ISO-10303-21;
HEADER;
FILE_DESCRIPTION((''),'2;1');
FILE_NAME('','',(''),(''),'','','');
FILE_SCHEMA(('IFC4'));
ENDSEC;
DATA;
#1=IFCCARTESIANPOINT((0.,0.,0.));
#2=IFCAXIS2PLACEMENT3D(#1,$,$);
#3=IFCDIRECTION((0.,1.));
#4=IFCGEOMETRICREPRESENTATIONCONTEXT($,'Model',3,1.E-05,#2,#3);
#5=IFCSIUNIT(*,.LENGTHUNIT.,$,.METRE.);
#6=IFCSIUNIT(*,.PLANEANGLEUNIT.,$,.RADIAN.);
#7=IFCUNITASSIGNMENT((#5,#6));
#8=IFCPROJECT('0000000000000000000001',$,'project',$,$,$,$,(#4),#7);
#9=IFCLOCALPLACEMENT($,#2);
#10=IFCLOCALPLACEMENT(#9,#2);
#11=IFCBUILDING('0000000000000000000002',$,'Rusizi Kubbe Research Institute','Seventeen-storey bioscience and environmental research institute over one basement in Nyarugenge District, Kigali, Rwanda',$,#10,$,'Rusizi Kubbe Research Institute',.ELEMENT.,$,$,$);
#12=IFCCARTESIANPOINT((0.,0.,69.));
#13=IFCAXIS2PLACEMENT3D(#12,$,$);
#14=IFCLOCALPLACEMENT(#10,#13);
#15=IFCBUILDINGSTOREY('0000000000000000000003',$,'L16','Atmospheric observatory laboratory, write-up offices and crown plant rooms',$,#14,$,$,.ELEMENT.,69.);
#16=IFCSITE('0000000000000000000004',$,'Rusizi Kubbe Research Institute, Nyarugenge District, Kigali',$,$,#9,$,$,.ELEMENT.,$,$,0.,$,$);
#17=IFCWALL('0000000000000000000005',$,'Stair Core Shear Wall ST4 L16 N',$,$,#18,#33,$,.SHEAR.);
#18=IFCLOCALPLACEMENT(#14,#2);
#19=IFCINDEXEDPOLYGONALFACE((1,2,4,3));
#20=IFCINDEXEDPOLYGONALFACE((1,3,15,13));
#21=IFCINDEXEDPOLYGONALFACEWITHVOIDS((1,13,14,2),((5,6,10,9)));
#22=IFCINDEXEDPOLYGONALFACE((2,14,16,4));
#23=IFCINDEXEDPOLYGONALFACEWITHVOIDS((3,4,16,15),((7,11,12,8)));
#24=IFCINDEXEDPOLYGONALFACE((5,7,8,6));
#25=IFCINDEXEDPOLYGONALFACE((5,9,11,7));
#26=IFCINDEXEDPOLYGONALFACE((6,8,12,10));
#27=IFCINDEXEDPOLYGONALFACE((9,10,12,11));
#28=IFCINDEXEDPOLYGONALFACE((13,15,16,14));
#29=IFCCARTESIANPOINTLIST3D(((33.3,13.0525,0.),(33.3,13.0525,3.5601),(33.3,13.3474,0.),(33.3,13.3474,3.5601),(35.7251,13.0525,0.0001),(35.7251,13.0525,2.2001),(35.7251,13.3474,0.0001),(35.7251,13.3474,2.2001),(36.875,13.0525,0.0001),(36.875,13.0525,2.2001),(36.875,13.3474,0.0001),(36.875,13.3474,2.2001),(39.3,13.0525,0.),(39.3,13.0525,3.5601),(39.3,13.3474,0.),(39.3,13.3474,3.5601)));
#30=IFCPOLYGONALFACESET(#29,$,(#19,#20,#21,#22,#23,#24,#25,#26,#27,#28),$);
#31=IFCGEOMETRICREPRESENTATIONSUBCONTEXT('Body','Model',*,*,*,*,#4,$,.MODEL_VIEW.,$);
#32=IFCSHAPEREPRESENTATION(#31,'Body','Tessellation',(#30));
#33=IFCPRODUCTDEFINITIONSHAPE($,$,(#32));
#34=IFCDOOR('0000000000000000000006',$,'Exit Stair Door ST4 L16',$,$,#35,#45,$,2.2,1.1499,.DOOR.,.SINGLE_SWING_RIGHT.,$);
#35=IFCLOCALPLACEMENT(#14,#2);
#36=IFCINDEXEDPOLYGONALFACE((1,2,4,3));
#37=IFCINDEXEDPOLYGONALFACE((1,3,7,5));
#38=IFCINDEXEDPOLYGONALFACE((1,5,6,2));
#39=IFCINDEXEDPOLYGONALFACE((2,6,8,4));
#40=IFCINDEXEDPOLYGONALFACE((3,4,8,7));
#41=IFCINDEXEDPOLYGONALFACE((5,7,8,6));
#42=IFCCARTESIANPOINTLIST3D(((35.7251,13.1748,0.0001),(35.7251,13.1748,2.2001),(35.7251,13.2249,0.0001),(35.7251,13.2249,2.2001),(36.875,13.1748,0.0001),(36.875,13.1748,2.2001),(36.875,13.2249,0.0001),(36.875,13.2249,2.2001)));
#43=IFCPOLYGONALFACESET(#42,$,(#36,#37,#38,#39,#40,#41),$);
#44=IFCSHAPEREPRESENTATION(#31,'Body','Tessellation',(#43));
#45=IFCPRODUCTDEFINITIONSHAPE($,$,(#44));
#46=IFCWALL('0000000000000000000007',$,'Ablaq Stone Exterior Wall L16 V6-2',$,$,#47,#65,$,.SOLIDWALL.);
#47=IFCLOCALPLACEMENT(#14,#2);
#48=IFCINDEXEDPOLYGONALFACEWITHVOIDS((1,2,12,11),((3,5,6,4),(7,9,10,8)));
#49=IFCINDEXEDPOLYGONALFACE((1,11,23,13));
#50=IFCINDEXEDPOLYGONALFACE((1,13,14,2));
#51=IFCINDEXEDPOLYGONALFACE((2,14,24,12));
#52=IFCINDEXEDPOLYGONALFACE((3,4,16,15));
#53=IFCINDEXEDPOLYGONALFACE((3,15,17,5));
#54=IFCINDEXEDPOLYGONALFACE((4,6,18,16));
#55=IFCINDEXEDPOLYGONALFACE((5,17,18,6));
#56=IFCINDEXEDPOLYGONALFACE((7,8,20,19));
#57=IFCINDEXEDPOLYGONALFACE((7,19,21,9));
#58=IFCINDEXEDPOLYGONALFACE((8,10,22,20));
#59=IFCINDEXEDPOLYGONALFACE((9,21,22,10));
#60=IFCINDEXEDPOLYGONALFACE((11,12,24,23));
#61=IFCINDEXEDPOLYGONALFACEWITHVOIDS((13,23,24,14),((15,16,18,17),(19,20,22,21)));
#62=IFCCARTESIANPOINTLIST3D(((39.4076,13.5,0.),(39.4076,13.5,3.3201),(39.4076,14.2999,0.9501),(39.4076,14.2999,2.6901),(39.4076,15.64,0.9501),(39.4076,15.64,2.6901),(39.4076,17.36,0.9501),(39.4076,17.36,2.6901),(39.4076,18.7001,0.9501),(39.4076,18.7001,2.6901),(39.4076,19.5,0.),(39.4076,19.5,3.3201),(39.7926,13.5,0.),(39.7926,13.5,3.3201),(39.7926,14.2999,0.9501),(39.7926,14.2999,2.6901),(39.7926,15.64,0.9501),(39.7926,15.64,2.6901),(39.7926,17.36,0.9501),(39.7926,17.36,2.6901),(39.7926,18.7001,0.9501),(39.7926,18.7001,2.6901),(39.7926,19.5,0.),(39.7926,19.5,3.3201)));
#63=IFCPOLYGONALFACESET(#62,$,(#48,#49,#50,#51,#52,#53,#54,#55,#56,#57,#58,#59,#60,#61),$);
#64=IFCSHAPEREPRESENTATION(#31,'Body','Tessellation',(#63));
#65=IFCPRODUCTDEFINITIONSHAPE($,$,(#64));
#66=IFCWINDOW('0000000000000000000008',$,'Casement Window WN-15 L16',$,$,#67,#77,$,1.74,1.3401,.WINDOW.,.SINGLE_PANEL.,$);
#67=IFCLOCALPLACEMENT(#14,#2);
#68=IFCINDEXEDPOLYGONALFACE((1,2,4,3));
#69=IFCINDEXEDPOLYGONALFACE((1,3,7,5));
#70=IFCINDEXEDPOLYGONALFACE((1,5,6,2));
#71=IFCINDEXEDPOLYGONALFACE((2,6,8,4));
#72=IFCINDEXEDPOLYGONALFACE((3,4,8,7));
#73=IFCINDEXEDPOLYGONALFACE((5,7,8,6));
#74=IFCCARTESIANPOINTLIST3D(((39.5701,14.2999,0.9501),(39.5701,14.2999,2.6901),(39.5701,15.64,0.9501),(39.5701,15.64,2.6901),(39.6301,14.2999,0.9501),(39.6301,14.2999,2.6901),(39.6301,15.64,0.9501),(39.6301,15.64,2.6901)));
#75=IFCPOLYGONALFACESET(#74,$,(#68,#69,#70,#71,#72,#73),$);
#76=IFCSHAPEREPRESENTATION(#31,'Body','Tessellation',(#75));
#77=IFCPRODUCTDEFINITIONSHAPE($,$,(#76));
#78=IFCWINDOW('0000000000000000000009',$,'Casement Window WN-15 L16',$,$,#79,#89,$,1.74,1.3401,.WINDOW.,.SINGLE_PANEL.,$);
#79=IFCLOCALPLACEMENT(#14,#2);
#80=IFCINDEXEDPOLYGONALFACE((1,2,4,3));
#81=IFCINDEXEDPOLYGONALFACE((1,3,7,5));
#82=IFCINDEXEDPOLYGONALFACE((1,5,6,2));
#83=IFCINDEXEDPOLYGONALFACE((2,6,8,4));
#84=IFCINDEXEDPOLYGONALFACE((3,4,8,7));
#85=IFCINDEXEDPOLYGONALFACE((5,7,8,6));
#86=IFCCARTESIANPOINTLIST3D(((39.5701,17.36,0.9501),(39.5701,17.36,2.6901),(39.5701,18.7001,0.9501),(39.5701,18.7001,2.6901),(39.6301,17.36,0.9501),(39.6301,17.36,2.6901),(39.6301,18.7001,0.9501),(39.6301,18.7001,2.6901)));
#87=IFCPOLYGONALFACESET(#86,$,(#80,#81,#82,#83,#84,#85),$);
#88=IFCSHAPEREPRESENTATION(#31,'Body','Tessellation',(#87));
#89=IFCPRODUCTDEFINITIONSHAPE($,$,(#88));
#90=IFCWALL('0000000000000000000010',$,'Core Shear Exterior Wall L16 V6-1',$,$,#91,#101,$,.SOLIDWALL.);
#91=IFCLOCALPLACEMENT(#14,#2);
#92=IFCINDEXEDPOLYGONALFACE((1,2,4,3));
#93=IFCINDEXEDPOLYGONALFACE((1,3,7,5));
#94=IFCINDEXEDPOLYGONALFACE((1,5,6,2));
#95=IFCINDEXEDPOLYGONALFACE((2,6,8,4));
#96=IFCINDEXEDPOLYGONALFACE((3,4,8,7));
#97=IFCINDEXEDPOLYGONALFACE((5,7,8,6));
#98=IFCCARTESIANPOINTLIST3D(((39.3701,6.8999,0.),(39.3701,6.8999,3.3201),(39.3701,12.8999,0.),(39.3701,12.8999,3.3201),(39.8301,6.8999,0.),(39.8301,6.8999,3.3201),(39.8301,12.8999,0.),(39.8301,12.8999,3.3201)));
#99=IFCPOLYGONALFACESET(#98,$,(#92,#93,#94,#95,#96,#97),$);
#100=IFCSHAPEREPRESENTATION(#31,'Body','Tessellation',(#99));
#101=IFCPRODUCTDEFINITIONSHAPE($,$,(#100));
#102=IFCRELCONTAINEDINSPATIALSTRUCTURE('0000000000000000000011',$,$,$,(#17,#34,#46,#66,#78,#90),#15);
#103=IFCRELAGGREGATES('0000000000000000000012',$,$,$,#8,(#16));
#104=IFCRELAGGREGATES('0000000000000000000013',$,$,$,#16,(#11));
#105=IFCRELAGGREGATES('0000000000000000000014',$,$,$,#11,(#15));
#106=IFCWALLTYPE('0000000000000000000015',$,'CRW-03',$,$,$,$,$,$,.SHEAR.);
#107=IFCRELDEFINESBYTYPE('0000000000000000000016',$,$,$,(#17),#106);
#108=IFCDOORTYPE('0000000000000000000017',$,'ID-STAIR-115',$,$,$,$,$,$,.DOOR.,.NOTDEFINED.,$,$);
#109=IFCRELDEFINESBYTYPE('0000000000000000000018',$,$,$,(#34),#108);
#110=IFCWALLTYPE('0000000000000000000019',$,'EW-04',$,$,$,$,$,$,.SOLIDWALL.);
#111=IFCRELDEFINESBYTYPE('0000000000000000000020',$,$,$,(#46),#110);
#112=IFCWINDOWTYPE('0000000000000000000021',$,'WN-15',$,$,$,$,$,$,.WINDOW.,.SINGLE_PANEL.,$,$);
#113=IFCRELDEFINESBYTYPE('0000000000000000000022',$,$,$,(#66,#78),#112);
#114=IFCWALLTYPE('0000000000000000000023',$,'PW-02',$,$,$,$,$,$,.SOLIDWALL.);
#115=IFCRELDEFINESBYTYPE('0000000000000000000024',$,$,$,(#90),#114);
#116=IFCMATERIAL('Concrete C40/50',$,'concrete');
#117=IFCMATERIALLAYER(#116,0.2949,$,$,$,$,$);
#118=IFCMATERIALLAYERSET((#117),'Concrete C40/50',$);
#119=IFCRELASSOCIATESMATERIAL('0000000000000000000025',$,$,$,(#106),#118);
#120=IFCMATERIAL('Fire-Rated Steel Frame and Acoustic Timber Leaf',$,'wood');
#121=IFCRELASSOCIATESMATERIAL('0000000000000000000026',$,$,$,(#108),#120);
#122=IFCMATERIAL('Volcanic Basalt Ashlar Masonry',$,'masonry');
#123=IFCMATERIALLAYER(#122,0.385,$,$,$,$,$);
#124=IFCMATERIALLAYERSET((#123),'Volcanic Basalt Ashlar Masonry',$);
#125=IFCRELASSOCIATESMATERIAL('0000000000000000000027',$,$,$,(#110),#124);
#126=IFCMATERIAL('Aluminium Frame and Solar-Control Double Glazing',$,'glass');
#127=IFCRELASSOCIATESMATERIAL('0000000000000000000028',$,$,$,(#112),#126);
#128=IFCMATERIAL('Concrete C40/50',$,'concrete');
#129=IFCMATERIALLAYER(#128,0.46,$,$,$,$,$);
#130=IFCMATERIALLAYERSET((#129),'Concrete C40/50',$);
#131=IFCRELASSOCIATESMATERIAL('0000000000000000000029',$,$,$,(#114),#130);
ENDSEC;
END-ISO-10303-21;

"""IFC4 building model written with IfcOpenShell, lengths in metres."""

from ifc_helpers import new_model, si_unit, direction, frame, frame_2d, origin, place, context, subcontext, project, spatial, rectangle, extrude, material, layer, layer_set, type_object, element, fill, save


model = new_model("IFC4")

# Units and contexts
model_context = context("Model", 3, precision=1e-05, world=origin(), true_north=direction((0.0, 1.0)))
body_context = subcontext(model_context, "Body", "Model", "MODEL_VIEW")
ifc_project = project(units=[si_unit("LENGTHUNIT", "METRE"), si_unit("PLANEANGLEUNIT", "RADIAN")], contexts=[model_context])

# Site, building, storey
site_placement = place(None, origin())
site = spatial("IfcSite", under=ifc_project, at=site_placement, Name="Rusizi Kubbe Research Institute, Nyarugenge District, Kigali", CompositionType="ELEMENT", RefElevation=0.0)
building_placement = place(site_placement, origin())
building = spatial("IfcBuilding", under=site, at=building_placement, Name="Rusizi Kubbe Research Institute", Description="Seventeen-storey bioscience and environmental research institute over one basement in Nyarugenge District, Kigali, Rwanda", LongName="Rusizi Kubbe Research Institute", CompositionType="ELEMENT")
storey_placement = place(building_placement, frame((0.0, 0.0, 69.0)))
storey = spatial("IfcBuildingStorey", under=building, at=storey_placement, Name="L16", Description="Atmospheric observatory laboratory, write-up offices and crown plant rooms", CompositionType="ELEMENT", Elevation=69.0)

# Wall, opening, door
ifc_material_1 = material(Name="Concrete C40/50", Category="concrete")
ifc_layer_1 = layer(ifc_material_1, 0.2949)
ifc_layer_set_1 = layer_set([ifc_layer_1], Name="Concrete C40/50")
wall_type_1 = type_object("IfcWallType", Name="CRW-03", PredefinedType="SHEAR", material=ifc_layer_set_1)
wall_1_placement = place(storey_placement, frame((33.3, 13.2, 0.0), z_axis=(0.0, 0.0, 1.0), x_axis=(1.0, 0.0, 0.0)))
wall_1 = element("IfcWall", 1, at=wall_1_placement, inside=storey, type_object=wall_type_1, Name="Stair Core Shear Wall ST4 L16 N", PredefinedType="SHEAR", context=body_context, shape_type="SweptSolid", body=[
    extrude(rectangle(XDim=6.0, YDim=0.2949, at=frame_2d((3.0, 0.0))), origin(), (0.0, 0.0, 1.0), 3.5601),
])
opening_1_placement = place(wall_1_placement, frame((2.425, 0.0, 0.0)))
opening_1 = element("IfcOpeningElement", 2, at=opening_1_placement, cuts=wall_1, PredefinedType="OPENING", context=body_context, shape_type="SweptSolid", body=[
    extrude(rectangle(XDim=1.1499, YDim=2.2, at=frame_2d((0.575, 1.1001))), frame((0.0, 0.1575, 0.0), z_axis=(0.0, -1.0, 0.0), x_axis=(1.0, 0.0, 0.0)), (0.0, 0.0, 1.0), 0.3149),
])
ifc_material_2 = material(Name="Fire-Rated Steel Frame and Acoustic Timber Leaf", Category="wood")
door_type = type_object("IfcDoorType", Name="ID-STAIR-115", OperationType="NOTDEFINED", PredefinedType="DOOR", material=ifc_material_2)
door_placement = place(opening_1_placement, origin())
door = element("IfcDoor", 3, at=door_placement, inside=storey, type_object=door_type, Name="Exit Stair Door ST4 L16", OperationType="SINGLE_SWING_RIGHT", OverallHeight=2.2, OverallWidth=1.1499, PredefinedType="DOOR", context=body_context, shape_type="SweptSolid", body=[
    extrude(rectangle(XDim=1.1499, YDim=2.2, at=frame_2d((0.575, 1.1001))), frame((0.0, 0.0249, 0.0), z_axis=(0.0, -1.0, 0.0), x_axis=(1.0, 0.0, 0.0)), (0.0, 0.0, 1.0), 0.05),
])
fill(opening_1, door)

# Wall, openings, windows
ifc_material_3 = material(Name="Volcanic Basalt Ashlar Masonry", Category="masonry")
ifc_layer_2 = layer(ifc_material_3, 0.385)
ifc_layer_set_2 = layer_set([ifc_layer_2], Name="Volcanic Basalt Ashlar Masonry")
wall_type_2 = type_object("IfcWallType", Name="EW-04", PredefinedType="SOLIDWALL", material=ifc_layer_set_2)
wall_2_placement = place(storey_placement, frame((39.6001, 13.5, 0.0), z_axis=(0.0, 0.0, 1.0), x_axis=(0.0, 1.0, 0.0)))
wall_2 = element("IfcWall", 4, at=wall_2_placement, inside=storey, type_object=wall_type_2, Name="Ablaq Stone Exterior Wall L16 V6-2", PredefinedType="SOLIDWALL", context=body_context, shape_type="SweptSolid", body=[
    extrude(rectangle(XDim=6.0, YDim=0.385, at=frame_2d((3.0, 0.0))), origin(), (0.0, 0.0, 1.0), 3.3201),
])
opening_2_placement = place(wall_2_placement, frame((0.8, 0.0, 0.95)))
opening_2 = element("IfcOpeningElement", 5, at=opening_2_placement, cuts=wall_2, PredefinedType="OPENING", context=body_context, shape_type="SweptSolid", body=[
    extrude(rectangle(XDim=1.3401, YDim=1.74, at=frame_2d((0.6699, 0.8701))), frame((0.0, 0.2024, 0.0), z_axis=(0.0, -1.0, 0.0), x_axis=(1.0, 0.0, 0.0)), (0.0, 0.0, 1.0), 0.405),
])
opening_3_placement = place(wall_2_placement, frame((3.8601, 0.0, 0.95)))
opening_3 = element("IfcOpeningElement", 6, at=opening_3_placement, cuts=wall_2, PredefinedType="OPENING", context=body_context, shape_type="SweptSolid", body=[
    extrude(rectangle(XDim=1.3401, YDim=1.74, at=frame_2d((0.6699, 0.8701))), frame((0.0, 0.2024, 0.0), z_axis=(0.0, -1.0, 0.0), x_axis=(1.0, 0.0, 0.0)), (0.0, 0.0, 1.0), 0.405),
])
ifc_material_4 = material(Name="Aluminium Frame and Solar-Control Double Glazing", Category="glass")
window_type = type_object("IfcWindowType", Name="WN-15", PartitioningType="SINGLE_PANEL", PredefinedType="WINDOW", material=ifc_material_4)
window_1_placement = place(opening_2_placement, origin())
window_1 = element("IfcWindow", 7, at=window_1_placement, inside=storey, type_object=window_type, Name="Casement Window WN-15 L16", OverallHeight=1.74, OverallWidth=1.3401, PartitioningType="SINGLE_PANEL", PredefinedType="WINDOW", context=body_context, shape_type="SweptSolid", body=[
    extrude(rectangle(XDim=1.3401, YDim=1.74, at=frame_2d((0.6699, 0.8701))), frame((0.0, 0.03, 0.0), z_axis=(0.0, -1.0, 0.0), x_axis=(1.0, 0.0, 0.0)), (0.0, 0.0, 1.0), 0.0601),
])
fill(opening_2, window_1)
window_2_placement = place(opening_3_placement, origin())
window_2 = element("IfcWindow", 8, at=window_2_placement, inside=storey, type_object=window_type, Name="Casement Window WN-15 L16", OverallHeight=1.74, OverallWidth=1.3401, PartitioningType="SINGLE_PANEL", PredefinedType="WINDOW", context=body_context, shape_type="SweptSolid", body=[
    extrude(rectangle(XDim=1.3401, YDim=1.74, at=frame_2d((0.6699, 0.8701))), frame((0.0, 0.03, 0.0), z_axis=(0.0, -1.0, 0.0), x_axis=(1.0, 0.0, 0.0)), (0.0, 0.0, 1.0), 0.0601),
])
fill(opening_3, window_2)

# Wall
ifc_material_5 = material(Name="Concrete C40/50", Category="concrete")
ifc_layer_3 = layer(ifc_material_5, 0.46)
ifc_layer_set_3 = layer_set([ifc_layer_3], Name="Concrete C40/50")
wall_type_3 = type_object("IfcWallType", Name="PW-02", PredefinedType="SOLIDWALL", material=ifc_layer_set_3)
wall_3_placement = place(storey_placement, frame((39.6001, 6.8999, 0.0), z_axis=(0.0, 0.0, 1.0), x_axis=(0.0, 1.0, 0.0)))
element("IfcWall", 9, at=wall_3_placement, inside=storey, type_object=wall_type_3, Name="Core Shear Exterior Wall L16 V6-1", PredefinedType="SOLIDWALL", context=body_context, shape_type="SweptSolid", body=[
    extrude(rectangle(XDim=6.0, YDim=0.46, at=frame_2d((3.0, 0.0))), origin(), (0.0, 0.0, 1.0), 3.3201),
])

save(model, "model.ifc")
